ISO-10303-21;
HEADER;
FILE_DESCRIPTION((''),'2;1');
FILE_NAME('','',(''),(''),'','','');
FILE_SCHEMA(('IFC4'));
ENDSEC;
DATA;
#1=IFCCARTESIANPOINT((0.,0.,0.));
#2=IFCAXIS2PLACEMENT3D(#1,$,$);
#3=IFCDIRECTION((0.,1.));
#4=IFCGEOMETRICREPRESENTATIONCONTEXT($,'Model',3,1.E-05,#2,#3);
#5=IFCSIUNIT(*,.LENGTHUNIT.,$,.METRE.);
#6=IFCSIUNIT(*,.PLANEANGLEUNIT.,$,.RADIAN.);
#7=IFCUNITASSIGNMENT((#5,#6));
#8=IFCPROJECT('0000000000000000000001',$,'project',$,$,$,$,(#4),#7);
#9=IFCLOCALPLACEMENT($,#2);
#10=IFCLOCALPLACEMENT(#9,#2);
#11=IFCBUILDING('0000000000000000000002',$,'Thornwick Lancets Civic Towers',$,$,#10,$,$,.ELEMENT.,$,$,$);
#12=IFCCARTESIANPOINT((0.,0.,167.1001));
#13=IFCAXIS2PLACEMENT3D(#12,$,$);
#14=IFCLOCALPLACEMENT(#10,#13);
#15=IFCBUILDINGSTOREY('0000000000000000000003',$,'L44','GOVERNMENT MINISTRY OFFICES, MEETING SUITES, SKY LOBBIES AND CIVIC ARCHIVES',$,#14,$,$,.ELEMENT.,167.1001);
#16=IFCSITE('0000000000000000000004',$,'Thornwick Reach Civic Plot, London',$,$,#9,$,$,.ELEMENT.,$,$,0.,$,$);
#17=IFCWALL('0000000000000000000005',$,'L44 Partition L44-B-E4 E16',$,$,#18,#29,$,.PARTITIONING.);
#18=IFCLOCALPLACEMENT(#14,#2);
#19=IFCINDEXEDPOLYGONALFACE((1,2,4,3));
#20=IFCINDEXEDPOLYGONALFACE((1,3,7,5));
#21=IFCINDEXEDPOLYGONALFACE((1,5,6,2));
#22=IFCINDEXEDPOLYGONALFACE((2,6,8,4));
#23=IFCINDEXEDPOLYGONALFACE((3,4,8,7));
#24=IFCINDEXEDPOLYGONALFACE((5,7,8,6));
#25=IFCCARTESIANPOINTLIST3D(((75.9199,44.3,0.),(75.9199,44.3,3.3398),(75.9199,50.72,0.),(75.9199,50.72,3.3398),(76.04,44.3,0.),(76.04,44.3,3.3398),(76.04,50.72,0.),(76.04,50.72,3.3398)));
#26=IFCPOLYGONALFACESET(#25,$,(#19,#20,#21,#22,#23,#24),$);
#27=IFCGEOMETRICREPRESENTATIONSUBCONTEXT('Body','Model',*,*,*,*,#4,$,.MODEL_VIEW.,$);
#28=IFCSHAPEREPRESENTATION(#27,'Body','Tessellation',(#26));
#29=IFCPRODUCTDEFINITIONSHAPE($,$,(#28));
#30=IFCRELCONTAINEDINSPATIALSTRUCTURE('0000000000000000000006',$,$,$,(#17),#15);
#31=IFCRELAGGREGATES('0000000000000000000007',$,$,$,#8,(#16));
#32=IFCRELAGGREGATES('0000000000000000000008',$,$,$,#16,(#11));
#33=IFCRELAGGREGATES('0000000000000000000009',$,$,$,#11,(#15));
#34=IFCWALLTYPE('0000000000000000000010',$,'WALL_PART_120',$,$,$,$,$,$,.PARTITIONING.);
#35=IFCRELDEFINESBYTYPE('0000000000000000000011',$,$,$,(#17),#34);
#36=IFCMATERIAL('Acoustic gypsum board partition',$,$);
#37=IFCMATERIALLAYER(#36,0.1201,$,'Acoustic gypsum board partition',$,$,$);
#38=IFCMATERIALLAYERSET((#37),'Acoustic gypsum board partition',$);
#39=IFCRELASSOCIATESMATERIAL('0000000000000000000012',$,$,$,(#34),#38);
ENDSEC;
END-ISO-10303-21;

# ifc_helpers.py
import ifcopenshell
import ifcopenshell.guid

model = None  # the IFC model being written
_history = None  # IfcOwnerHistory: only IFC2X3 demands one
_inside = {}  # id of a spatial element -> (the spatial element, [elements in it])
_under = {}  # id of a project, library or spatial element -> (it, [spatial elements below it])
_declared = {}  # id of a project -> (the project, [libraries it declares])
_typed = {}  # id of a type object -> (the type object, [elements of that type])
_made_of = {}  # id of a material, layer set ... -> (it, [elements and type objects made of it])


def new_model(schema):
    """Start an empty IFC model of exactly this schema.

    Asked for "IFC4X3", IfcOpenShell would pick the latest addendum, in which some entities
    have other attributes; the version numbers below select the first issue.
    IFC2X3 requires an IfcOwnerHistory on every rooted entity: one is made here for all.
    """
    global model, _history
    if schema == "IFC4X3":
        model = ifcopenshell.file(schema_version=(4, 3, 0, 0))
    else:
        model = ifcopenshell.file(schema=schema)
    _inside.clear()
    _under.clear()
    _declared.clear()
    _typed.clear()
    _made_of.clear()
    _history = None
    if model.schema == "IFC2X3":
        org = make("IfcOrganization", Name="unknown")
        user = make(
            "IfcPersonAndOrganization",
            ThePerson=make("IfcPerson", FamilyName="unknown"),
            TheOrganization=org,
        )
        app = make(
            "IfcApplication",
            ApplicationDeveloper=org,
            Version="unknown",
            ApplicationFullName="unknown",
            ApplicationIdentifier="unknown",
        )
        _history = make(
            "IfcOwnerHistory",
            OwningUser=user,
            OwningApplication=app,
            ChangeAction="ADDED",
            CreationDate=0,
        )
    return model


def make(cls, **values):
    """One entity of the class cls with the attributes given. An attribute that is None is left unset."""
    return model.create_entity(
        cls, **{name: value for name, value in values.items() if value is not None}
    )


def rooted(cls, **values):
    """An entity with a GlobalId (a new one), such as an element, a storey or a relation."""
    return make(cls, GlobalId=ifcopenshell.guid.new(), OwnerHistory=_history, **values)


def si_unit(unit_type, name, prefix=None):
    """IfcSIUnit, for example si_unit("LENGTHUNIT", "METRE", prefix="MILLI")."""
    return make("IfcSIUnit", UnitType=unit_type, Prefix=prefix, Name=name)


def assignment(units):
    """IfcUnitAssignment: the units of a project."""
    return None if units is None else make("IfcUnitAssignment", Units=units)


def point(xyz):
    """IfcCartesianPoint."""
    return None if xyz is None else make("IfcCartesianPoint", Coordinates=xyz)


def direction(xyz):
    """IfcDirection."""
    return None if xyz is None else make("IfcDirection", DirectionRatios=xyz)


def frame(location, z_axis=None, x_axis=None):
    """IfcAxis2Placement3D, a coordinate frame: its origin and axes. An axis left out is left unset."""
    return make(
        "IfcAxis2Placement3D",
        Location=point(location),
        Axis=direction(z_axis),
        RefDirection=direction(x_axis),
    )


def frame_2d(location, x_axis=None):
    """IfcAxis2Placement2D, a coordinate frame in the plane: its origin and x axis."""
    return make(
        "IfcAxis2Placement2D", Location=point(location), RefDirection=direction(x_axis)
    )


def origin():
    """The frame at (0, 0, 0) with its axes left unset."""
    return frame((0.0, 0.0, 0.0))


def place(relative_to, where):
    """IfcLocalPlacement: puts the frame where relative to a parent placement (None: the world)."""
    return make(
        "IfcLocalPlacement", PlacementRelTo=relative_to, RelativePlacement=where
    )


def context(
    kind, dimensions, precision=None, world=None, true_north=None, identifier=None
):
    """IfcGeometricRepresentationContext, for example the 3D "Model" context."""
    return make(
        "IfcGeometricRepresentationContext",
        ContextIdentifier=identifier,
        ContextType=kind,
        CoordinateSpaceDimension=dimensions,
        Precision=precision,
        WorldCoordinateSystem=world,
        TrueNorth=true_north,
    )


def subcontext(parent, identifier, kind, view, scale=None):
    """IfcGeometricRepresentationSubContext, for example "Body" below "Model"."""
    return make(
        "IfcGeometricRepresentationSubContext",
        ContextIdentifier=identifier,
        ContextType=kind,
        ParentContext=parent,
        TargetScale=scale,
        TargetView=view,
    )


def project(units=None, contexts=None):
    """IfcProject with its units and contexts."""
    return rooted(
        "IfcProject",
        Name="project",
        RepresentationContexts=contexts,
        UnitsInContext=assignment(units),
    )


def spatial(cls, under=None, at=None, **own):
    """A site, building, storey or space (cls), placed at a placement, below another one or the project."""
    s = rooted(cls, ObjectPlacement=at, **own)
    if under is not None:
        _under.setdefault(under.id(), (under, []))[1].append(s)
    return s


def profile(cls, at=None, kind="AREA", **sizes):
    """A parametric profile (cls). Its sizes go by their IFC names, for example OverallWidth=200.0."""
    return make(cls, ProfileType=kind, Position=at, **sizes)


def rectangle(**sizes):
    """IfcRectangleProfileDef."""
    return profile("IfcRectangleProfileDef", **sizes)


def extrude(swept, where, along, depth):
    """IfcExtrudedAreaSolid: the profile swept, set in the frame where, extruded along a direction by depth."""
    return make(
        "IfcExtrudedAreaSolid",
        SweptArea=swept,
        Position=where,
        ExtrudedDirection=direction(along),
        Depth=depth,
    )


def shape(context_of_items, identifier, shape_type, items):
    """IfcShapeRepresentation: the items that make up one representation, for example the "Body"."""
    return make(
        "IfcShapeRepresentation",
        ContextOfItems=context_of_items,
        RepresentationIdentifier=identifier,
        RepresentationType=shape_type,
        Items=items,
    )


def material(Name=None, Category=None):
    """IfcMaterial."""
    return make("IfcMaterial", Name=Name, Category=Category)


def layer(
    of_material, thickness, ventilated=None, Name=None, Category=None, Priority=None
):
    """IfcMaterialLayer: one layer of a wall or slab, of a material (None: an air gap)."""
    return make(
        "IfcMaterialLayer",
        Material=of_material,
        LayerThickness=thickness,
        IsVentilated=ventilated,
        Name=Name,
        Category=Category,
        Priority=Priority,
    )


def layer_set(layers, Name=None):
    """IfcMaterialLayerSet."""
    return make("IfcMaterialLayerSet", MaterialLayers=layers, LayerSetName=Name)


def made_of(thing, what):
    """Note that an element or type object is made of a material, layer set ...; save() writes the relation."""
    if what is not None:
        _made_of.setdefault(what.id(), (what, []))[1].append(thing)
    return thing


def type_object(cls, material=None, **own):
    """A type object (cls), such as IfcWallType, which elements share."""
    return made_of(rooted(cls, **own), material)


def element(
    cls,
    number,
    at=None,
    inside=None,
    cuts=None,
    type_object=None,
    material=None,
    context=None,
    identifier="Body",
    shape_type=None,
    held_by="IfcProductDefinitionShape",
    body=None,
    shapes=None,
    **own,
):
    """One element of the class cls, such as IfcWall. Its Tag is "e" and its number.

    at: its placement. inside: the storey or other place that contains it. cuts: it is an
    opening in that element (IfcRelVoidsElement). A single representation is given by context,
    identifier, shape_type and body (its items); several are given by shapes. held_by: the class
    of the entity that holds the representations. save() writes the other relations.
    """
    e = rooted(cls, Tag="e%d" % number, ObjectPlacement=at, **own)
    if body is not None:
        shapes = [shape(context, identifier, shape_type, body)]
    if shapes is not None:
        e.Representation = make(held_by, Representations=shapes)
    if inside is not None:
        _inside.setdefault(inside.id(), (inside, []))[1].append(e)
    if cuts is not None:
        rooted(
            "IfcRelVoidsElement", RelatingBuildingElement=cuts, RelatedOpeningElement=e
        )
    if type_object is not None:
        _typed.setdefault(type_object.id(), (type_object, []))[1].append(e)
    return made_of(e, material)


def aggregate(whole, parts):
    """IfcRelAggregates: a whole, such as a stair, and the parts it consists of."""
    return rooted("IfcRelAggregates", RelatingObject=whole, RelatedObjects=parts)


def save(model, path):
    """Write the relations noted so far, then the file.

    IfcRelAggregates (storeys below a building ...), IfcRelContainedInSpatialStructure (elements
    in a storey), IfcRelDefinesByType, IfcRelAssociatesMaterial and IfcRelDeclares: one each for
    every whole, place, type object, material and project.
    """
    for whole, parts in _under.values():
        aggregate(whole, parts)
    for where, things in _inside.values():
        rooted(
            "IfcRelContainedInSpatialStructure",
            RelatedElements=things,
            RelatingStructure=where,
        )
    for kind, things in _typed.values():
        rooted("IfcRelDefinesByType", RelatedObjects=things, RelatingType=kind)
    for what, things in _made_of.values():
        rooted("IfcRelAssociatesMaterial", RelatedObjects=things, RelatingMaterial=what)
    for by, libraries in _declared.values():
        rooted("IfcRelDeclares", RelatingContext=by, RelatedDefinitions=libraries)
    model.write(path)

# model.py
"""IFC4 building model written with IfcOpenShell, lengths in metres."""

from ifc_helpers import new_model, si_unit, direction, frame, frame_2d, origin, place, context, subcontext, project, spatial, rectangle, extrude, material, layer, layer_set, type_object, element, save


model = new_model("IFC4")

# Units and contexts
model_context = context("Model", 3, precision=1e-05, world=origin(), true_north=direction((0.0, 1.0)))
body_context = subcontext(model_context, "Body", "Model", "MODEL_VIEW")
ifc_project = project(units=[si_unit("LENGTHUNIT", "METRE"), si_unit("PLANEANGLEUNIT", "RADIAN")], contexts=[model_context])

# Site, building, storey
site_placement = place(None, origin())
site = spatial("IfcSite", under=ifc_project, at=site_placement, Name="Thornwick Reach Civic Plot, London", CompositionType="ELEMENT", RefElevation=0.0)
building_placement = place(site_placement, origin())
building = spatial("IfcBuilding", under=site, at=building_placement, Name="Thornwick Lancets Civic Towers", CompositionType="ELEMENT")
storey_placement = place(building_placement, frame((0.0, 0.0, 167.1001)))
storey = spatial("IfcBuildingStorey", under=building, at=storey_placement, Name="L44", Description="GOVERNMENT MINISTRY OFFICES, MEETING SUITES, SKY LOBBIES AND CIVIC ARCHIVES", CompositionType="ELEMENT", Elevation=167.1001)

# Wall
ifc_material_1 = material(Name="Acoustic gypsum board partition")
ifc_layer_1 = layer(ifc_material_1, 0.1201, Name="Acoustic gypsum board partition")
ifc_layer_set_1 = layer_set([ifc_layer_1], Name="Acoustic gypsum board partition")
wall_type_1 = type_object("IfcWallType", Name="WALL_PART_120", PredefinedType="PARTITIONING", material=ifc_layer_set_1)
wall_1_placement = place(storey_placement, frame((75.98, 44.3, 0.0), z_axis=(0.0, 0.0, 1.0), x_axis=(0.0, 1.0, 0.0)))
element("IfcWall", 1, at=wall_1_placement, inside=storey, type_object=wall_type_1, Name="L44 Partition L44-B-E4 E16", PredefinedType="PARTITIONING", context=body_context, shape_type="SweptSolid", body=[
    extrude(rectangle(XDim=6.4199, YDim=0.1201, at=frame_2d((3.21, 0.0))), origin(), (0.0, 0.0, 1.0), 3.3398),
])

save(model, "model.ifc")
